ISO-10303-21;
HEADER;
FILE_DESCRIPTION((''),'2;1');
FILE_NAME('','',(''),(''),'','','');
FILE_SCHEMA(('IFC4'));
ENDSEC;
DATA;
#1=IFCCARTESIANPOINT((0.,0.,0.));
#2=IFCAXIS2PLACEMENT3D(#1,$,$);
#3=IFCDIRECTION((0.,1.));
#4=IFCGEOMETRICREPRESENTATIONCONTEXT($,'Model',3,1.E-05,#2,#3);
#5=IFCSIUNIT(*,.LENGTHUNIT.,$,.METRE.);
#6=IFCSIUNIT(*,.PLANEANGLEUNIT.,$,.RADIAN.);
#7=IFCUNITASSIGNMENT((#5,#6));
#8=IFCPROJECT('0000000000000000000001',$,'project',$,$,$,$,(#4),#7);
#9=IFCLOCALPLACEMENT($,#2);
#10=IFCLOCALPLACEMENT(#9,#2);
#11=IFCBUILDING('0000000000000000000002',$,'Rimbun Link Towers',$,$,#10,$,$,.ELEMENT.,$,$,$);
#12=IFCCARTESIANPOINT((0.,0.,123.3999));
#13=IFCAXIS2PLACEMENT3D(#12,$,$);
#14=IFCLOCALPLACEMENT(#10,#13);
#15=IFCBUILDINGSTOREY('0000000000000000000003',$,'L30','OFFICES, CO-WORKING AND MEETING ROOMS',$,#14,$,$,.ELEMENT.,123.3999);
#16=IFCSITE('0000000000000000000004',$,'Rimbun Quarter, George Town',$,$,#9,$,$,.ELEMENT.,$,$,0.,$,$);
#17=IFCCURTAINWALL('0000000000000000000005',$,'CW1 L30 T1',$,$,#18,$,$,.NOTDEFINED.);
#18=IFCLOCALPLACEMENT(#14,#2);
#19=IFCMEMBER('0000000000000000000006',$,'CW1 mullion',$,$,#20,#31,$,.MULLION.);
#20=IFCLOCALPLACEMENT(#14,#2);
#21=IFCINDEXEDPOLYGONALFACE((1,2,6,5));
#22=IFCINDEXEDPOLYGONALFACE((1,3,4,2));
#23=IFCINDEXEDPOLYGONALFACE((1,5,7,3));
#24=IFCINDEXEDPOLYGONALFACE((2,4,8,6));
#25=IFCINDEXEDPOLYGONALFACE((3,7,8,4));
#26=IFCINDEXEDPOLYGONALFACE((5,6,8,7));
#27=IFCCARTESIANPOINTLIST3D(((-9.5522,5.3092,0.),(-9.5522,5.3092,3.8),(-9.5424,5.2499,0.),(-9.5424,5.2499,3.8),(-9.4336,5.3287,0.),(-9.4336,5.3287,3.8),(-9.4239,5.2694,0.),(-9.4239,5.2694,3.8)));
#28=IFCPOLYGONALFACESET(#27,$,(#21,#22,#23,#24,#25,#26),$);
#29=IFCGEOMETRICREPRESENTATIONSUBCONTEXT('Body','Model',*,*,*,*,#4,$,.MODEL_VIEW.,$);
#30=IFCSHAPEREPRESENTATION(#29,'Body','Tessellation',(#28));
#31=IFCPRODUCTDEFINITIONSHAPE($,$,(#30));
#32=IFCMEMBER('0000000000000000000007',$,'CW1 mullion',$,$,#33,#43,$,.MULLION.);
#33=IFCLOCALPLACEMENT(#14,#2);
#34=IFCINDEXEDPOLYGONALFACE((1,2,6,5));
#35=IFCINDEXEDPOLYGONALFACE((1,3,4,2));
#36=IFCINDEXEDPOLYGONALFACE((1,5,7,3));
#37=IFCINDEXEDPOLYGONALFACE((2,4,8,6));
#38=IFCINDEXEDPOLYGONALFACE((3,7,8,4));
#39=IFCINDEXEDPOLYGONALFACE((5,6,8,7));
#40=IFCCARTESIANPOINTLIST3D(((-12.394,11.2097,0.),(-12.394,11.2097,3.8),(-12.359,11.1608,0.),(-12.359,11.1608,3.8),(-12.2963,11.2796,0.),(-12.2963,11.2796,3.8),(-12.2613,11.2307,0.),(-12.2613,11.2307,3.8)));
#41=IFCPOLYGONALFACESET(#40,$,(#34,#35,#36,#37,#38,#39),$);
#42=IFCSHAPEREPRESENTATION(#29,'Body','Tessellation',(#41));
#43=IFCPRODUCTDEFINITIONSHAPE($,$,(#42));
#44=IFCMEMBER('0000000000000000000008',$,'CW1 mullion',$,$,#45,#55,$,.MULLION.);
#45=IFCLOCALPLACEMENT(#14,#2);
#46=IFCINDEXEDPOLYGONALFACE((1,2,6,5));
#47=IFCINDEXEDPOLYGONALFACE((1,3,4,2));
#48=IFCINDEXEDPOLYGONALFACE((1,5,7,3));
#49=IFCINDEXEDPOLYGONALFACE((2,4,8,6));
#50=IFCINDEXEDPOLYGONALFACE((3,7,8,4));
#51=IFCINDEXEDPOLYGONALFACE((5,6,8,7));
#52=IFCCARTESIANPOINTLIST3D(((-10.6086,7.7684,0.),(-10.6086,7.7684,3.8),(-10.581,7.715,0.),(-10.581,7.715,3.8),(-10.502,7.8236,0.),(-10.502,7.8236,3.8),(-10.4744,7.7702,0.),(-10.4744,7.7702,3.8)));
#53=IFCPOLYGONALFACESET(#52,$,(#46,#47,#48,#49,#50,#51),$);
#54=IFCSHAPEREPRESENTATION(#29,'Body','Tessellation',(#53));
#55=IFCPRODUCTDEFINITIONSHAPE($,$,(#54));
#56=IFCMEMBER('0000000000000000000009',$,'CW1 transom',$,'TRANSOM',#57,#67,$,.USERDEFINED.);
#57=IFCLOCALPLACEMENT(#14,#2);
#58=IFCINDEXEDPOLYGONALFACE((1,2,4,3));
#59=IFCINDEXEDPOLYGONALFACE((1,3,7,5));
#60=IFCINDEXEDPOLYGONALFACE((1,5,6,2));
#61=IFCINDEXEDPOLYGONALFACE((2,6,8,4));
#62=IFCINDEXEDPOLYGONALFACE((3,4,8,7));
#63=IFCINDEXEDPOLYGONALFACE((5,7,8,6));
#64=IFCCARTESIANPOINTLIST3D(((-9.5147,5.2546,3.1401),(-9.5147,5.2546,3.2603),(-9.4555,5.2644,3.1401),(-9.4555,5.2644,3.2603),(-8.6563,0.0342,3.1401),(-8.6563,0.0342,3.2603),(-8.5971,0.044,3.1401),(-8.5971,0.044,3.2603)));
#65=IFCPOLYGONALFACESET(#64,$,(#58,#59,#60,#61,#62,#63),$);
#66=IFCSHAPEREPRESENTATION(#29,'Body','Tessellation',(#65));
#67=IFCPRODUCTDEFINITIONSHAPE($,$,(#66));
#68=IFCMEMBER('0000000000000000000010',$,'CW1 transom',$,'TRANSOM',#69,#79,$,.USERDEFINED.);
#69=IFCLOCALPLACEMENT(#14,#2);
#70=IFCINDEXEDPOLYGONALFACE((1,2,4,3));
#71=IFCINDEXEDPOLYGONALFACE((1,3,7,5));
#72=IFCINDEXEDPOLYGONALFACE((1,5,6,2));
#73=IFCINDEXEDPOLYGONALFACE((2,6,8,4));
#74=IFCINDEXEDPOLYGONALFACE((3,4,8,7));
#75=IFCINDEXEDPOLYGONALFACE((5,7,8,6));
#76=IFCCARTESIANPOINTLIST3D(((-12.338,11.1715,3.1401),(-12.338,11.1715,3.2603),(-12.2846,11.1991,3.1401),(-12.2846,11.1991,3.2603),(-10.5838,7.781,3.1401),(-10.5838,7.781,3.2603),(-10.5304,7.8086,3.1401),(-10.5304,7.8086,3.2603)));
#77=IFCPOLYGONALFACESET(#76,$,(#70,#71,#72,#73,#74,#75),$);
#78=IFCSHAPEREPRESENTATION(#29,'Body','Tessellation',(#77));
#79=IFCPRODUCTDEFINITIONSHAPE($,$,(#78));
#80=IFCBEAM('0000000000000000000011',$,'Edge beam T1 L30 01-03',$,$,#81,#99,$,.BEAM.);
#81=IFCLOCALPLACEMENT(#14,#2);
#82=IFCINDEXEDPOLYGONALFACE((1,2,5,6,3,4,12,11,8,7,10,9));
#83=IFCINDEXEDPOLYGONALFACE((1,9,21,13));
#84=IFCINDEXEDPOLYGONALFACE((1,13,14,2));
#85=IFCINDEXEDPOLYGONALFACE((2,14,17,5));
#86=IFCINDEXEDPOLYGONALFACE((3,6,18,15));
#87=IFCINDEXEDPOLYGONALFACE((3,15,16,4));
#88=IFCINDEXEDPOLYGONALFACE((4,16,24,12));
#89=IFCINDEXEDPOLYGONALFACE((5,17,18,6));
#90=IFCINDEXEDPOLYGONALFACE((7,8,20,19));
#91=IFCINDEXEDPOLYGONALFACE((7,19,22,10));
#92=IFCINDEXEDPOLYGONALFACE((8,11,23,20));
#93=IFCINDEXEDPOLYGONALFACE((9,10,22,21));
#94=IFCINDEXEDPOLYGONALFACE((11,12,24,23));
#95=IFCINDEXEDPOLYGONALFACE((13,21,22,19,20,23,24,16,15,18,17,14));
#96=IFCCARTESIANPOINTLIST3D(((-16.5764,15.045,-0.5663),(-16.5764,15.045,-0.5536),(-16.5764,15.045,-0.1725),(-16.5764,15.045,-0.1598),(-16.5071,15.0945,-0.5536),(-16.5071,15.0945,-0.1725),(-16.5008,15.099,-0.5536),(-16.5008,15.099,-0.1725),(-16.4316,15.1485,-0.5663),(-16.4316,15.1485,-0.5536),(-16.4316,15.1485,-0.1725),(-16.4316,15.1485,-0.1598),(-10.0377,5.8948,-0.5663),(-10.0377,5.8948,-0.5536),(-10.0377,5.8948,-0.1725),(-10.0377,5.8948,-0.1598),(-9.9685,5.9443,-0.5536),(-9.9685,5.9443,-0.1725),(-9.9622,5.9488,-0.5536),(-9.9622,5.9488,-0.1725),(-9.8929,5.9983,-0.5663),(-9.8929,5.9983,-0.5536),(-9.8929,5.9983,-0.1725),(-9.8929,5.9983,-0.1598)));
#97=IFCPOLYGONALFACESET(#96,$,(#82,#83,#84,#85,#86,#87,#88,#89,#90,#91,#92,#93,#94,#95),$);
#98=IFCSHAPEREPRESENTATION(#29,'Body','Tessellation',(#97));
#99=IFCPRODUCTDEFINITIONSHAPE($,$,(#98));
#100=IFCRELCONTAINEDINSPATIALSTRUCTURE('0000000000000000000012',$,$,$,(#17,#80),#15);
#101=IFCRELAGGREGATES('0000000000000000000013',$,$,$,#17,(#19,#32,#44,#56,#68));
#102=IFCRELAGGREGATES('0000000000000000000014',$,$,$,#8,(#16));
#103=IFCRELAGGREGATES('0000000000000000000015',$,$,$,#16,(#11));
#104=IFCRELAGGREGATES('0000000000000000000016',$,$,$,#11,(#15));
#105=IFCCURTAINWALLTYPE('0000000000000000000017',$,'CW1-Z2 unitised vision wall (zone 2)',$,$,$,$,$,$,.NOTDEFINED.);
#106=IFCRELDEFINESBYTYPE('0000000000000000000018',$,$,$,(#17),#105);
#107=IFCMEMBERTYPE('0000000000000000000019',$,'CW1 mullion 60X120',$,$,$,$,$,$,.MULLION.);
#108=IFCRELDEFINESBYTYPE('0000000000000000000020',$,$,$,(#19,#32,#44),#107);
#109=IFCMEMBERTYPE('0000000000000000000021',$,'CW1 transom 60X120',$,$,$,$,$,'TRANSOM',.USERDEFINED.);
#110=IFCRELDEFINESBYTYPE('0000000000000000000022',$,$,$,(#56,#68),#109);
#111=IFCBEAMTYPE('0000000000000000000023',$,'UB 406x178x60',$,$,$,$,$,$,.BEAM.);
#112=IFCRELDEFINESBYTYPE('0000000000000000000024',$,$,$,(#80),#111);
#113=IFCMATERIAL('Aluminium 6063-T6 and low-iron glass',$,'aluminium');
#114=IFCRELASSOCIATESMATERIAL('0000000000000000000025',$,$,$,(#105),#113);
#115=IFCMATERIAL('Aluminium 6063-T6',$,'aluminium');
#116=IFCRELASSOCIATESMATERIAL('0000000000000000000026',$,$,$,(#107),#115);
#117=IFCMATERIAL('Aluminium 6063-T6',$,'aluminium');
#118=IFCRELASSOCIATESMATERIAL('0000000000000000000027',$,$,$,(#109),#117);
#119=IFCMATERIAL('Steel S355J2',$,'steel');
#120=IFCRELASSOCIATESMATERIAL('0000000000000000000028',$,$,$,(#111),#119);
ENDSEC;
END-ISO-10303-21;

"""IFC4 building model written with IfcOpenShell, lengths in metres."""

from ifc_helpers import new_model, si_unit, direction, frame, origin, origin_2d, place, context, subcontext, project, spatial, rectangle, i_section, extrude, material, material_profile, profile_set, type_object, element, aggregate, save


model = new_model("IFC4")

# Units and contexts
model_context = context("Model", 3, precision=1e-05, world=origin(), true_north=direction((0.0, 1.0)))
body_context = subcontext(model_context, "Body", "Model", "MODEL_VIEW")
ifc_project = project(units=[si_unit("LENGTHUNIT", "METRE"), si_unit("PLANEANGLEUNIT", "RADIAN")], contexts=[model_context])

# Site, building, storey
site_placement = place(None, origin())
site = spatial("IfcSite", under=ifc_project, at=site_placement, Name="Rimbun Quarter, George Town", CompositionType="ELEMENT", RefElevation=0.0)
building_placement = place(site_placement, origin())
building = spatial("IfcBuilding", under=site, at=building_placement, Name="Rimbun Link Towers", CompositionType="ELEMENT")
storey_placement = place(building_placement, frame((0.0, 0.0, 123.3999)))
storey = spatial("IfcBuildingStorey", under=building, at=storey_placement, Name="L30", Description="OFFICES, CO-WORKING AND MEETING ROOMS", CompositionType="ELEMENT", Elevation=123.3999)

# Curtain wall, members
ifc_material_1 = material(Name="Aluminium 6063-T6 and low-iron glass", Category="aluminium")
curtain_wall_type = type_object("IfcCurtainWallType", Name="CW1-Z2 unitised vision wall (zone 2)", PredefinedType="NOTDEFINED", material=ifc_material_1)
curtain_wall_placement = place(storey_placement, origin())
curtain_wall = element("IfcCurtainWall", 1, at=curtain_wall_placement, inside=storey, type_object=curtain_wall_type, Name="CW1 L30 T1", PredefinedType="NOTDEFINED")
ifc_material_2 = material(Name="Aluminium 6063-T6", Category="aluminium")
ifc_material_profile_1 = material_profile(ifc_material_2, rectangle(XDim=0.1201, YDim=0.0601, at=origin_2d()), Name="MULLION 60X120")
ifc_profile_set_1 = profile_set([ifc_material_profile_1], Name="Aluminium 6063-T6")
member_type_1 = type_object("IfcMemberType", Name="CW1 mullion 60X120", PredefinedType="MULLION", material=ifc_profile_set_1)
member_1_placement = place(storey_placement, frame((-9.488, 5.2893, 0.0), z_axis=(0.0, 0.0, 1.0), x_axis=(0.986747, 0.162269, 0.0)))
member_1 = element("IfcMember", 2, at=member_1_placement, type_object=member_type_1, Name="CW1 mullion", PredefinedType="MULLION", context=body_context, shape_type="SweptSolid", body=[
    extrude(rectangle(XDim=0.1201, YDim=0.0601, at=origin_2d()), origin(), (0.0, 0.0, 1.0), 3.8),
])
member_2_placement = place(storey_placement, frame((-12.3276, 11.2202, 0.0), z_axis=(0.0, 0.0, 1.0), x_axis=(0.813348, 0.581777, 0.0)))
member_2 = element("IfcMember", 3, at=member_2_placement, type_object=member_type_1, Name="CW1 mullion", PredefinedType="MULLION", context=body_context, shape_type="SweptSolid", body=[
    extrude(rectangle(XDim=0.1201, YDim=0.0601, at=origin_2d()), origin(), (0.0, 0.0, 1.0), 3.8),
])
member_3_placement = place(storey_placement, frame((-10.5415, 7.7693, 0.0), z_axis=(0.0, 0.0, 1.0), x_axis=(0.888157, 0.459541, 0.0)))
member_3 = element("IfcMember", 4, at=member_3_placement, type_object=member_type_1, Name="CW1 mullion", PredefinedType="MULLION", context=body_context, shape_type="SweptSolid", body=[
    extrude(rectangle(XDim=0.1201, YDim=0.0601, at=origin_2d()), origin(), (0.0, 0.0, 1.0), 3.8),
])
ifc_material_3 = material(Name="Aluminium 6063-T6", Category="aluminium")
ifc_material_profile_2 = material_profile(ifc_material_3, rectangle(XDim=0.0601, YDim=0.1201, at=origin_2d()), Name="TRANSOM 60X120")
ifc_profile_set_2 = profile_set([ifc_material_profile_2], Name="Aluminium 6063-T6")
member_type_2 = type_object("IfcMemberType", Name="CW1 transom 60X120", ElementType="TRANSOM", PredefinedType="USERDEFINED", material=ifc_profile_set_2)
member_4_placement = place(storey_placement, frame((-9.4851, 5.2595, 3.2002), z_axis=(0.162251, -0.98675, 0.0), x_axis=(0.98675, 0.162251, 0.0)))
member_4 = element("IfcMember", 5, at=member_4_placement, type_object=member_type_2, Name="CW1 transom", ObjectType="TRANSOM", PredefinedType="USERDEFINED", context=body_context, shape_type="SweptSolid", body=[
    extrude(rectangle(XDim=0.0601, YDim=0.1201, at=origin_2d()), origin(), (0.0, 0.0, 1.0), 5.2905),
])
member_5_placement = place(storey_placement, frame((-12.3113, 11.1853, 3.2002), z_axis=(0.459527, -0.888164, 0.0), x_axis=(0.888164, 0.459527, 0.0)))
member_5 = element("IfcMember", 6, at=member_5_placement, type_object=member_type_2, Name="CW1 transom", ObjectType="TRANSOM", PredefinedType="USERDEFINED", context=body_context, shape_type="SweptSolid", body=[
    extrude(rectangle(XDim=0.0601, YDim=0.1201, at=origin_2d()), origin(), (0.0, 0.0, 1.0), 3.8174),
])

# Beam
ifc_material_4 = material(Name="Steel S355J2", Category="steel")
ifc_material_profile_3 = material_profile(ifc_material_4, i_section(OverallWidth=0.178, OverallDepth=0.4065, WebThickness=0.0078, FlangeThickness=0.0127, at=origin_2d()), Name="UB 406x178x60")
ifc_profile_set_3 = profile_set([ifc_material_profile_3], Name="Steel S355J2")
beam_type = type_object("IfcBeamType", Name="UB 406x178x60", PredefinedType="BEAM", material=ifc_profile_set_3)
beam_placement = place(storey_placement, frame((-9.9653, 5.9465, -0.363), z_axis=(-0.5814, 0.813618, 0.0), x_axis=(-0.813618, -0.5814, 0.0)))
element("IfcBeam", 7, at=beam_placement, inside=storey, type_object=beam_type, Name="Edge beam T1 L30 01-03", PredefinedType="BEAM", context=body_context, shape_type="SweptSolid", body=[
    extrude(i_section(OverallWidth=0.178, OverallDepth=0.4065, WebThickness=0.0078, FlangeThickness=0.0127, at=origin_2d()), origin(), (0.0, 0.0, 1.0), 11.2463),
])

aggregate(curtain_wall, [member_1, member_2, member_3, member_4, member_5])

save(model, "model.ifc")
